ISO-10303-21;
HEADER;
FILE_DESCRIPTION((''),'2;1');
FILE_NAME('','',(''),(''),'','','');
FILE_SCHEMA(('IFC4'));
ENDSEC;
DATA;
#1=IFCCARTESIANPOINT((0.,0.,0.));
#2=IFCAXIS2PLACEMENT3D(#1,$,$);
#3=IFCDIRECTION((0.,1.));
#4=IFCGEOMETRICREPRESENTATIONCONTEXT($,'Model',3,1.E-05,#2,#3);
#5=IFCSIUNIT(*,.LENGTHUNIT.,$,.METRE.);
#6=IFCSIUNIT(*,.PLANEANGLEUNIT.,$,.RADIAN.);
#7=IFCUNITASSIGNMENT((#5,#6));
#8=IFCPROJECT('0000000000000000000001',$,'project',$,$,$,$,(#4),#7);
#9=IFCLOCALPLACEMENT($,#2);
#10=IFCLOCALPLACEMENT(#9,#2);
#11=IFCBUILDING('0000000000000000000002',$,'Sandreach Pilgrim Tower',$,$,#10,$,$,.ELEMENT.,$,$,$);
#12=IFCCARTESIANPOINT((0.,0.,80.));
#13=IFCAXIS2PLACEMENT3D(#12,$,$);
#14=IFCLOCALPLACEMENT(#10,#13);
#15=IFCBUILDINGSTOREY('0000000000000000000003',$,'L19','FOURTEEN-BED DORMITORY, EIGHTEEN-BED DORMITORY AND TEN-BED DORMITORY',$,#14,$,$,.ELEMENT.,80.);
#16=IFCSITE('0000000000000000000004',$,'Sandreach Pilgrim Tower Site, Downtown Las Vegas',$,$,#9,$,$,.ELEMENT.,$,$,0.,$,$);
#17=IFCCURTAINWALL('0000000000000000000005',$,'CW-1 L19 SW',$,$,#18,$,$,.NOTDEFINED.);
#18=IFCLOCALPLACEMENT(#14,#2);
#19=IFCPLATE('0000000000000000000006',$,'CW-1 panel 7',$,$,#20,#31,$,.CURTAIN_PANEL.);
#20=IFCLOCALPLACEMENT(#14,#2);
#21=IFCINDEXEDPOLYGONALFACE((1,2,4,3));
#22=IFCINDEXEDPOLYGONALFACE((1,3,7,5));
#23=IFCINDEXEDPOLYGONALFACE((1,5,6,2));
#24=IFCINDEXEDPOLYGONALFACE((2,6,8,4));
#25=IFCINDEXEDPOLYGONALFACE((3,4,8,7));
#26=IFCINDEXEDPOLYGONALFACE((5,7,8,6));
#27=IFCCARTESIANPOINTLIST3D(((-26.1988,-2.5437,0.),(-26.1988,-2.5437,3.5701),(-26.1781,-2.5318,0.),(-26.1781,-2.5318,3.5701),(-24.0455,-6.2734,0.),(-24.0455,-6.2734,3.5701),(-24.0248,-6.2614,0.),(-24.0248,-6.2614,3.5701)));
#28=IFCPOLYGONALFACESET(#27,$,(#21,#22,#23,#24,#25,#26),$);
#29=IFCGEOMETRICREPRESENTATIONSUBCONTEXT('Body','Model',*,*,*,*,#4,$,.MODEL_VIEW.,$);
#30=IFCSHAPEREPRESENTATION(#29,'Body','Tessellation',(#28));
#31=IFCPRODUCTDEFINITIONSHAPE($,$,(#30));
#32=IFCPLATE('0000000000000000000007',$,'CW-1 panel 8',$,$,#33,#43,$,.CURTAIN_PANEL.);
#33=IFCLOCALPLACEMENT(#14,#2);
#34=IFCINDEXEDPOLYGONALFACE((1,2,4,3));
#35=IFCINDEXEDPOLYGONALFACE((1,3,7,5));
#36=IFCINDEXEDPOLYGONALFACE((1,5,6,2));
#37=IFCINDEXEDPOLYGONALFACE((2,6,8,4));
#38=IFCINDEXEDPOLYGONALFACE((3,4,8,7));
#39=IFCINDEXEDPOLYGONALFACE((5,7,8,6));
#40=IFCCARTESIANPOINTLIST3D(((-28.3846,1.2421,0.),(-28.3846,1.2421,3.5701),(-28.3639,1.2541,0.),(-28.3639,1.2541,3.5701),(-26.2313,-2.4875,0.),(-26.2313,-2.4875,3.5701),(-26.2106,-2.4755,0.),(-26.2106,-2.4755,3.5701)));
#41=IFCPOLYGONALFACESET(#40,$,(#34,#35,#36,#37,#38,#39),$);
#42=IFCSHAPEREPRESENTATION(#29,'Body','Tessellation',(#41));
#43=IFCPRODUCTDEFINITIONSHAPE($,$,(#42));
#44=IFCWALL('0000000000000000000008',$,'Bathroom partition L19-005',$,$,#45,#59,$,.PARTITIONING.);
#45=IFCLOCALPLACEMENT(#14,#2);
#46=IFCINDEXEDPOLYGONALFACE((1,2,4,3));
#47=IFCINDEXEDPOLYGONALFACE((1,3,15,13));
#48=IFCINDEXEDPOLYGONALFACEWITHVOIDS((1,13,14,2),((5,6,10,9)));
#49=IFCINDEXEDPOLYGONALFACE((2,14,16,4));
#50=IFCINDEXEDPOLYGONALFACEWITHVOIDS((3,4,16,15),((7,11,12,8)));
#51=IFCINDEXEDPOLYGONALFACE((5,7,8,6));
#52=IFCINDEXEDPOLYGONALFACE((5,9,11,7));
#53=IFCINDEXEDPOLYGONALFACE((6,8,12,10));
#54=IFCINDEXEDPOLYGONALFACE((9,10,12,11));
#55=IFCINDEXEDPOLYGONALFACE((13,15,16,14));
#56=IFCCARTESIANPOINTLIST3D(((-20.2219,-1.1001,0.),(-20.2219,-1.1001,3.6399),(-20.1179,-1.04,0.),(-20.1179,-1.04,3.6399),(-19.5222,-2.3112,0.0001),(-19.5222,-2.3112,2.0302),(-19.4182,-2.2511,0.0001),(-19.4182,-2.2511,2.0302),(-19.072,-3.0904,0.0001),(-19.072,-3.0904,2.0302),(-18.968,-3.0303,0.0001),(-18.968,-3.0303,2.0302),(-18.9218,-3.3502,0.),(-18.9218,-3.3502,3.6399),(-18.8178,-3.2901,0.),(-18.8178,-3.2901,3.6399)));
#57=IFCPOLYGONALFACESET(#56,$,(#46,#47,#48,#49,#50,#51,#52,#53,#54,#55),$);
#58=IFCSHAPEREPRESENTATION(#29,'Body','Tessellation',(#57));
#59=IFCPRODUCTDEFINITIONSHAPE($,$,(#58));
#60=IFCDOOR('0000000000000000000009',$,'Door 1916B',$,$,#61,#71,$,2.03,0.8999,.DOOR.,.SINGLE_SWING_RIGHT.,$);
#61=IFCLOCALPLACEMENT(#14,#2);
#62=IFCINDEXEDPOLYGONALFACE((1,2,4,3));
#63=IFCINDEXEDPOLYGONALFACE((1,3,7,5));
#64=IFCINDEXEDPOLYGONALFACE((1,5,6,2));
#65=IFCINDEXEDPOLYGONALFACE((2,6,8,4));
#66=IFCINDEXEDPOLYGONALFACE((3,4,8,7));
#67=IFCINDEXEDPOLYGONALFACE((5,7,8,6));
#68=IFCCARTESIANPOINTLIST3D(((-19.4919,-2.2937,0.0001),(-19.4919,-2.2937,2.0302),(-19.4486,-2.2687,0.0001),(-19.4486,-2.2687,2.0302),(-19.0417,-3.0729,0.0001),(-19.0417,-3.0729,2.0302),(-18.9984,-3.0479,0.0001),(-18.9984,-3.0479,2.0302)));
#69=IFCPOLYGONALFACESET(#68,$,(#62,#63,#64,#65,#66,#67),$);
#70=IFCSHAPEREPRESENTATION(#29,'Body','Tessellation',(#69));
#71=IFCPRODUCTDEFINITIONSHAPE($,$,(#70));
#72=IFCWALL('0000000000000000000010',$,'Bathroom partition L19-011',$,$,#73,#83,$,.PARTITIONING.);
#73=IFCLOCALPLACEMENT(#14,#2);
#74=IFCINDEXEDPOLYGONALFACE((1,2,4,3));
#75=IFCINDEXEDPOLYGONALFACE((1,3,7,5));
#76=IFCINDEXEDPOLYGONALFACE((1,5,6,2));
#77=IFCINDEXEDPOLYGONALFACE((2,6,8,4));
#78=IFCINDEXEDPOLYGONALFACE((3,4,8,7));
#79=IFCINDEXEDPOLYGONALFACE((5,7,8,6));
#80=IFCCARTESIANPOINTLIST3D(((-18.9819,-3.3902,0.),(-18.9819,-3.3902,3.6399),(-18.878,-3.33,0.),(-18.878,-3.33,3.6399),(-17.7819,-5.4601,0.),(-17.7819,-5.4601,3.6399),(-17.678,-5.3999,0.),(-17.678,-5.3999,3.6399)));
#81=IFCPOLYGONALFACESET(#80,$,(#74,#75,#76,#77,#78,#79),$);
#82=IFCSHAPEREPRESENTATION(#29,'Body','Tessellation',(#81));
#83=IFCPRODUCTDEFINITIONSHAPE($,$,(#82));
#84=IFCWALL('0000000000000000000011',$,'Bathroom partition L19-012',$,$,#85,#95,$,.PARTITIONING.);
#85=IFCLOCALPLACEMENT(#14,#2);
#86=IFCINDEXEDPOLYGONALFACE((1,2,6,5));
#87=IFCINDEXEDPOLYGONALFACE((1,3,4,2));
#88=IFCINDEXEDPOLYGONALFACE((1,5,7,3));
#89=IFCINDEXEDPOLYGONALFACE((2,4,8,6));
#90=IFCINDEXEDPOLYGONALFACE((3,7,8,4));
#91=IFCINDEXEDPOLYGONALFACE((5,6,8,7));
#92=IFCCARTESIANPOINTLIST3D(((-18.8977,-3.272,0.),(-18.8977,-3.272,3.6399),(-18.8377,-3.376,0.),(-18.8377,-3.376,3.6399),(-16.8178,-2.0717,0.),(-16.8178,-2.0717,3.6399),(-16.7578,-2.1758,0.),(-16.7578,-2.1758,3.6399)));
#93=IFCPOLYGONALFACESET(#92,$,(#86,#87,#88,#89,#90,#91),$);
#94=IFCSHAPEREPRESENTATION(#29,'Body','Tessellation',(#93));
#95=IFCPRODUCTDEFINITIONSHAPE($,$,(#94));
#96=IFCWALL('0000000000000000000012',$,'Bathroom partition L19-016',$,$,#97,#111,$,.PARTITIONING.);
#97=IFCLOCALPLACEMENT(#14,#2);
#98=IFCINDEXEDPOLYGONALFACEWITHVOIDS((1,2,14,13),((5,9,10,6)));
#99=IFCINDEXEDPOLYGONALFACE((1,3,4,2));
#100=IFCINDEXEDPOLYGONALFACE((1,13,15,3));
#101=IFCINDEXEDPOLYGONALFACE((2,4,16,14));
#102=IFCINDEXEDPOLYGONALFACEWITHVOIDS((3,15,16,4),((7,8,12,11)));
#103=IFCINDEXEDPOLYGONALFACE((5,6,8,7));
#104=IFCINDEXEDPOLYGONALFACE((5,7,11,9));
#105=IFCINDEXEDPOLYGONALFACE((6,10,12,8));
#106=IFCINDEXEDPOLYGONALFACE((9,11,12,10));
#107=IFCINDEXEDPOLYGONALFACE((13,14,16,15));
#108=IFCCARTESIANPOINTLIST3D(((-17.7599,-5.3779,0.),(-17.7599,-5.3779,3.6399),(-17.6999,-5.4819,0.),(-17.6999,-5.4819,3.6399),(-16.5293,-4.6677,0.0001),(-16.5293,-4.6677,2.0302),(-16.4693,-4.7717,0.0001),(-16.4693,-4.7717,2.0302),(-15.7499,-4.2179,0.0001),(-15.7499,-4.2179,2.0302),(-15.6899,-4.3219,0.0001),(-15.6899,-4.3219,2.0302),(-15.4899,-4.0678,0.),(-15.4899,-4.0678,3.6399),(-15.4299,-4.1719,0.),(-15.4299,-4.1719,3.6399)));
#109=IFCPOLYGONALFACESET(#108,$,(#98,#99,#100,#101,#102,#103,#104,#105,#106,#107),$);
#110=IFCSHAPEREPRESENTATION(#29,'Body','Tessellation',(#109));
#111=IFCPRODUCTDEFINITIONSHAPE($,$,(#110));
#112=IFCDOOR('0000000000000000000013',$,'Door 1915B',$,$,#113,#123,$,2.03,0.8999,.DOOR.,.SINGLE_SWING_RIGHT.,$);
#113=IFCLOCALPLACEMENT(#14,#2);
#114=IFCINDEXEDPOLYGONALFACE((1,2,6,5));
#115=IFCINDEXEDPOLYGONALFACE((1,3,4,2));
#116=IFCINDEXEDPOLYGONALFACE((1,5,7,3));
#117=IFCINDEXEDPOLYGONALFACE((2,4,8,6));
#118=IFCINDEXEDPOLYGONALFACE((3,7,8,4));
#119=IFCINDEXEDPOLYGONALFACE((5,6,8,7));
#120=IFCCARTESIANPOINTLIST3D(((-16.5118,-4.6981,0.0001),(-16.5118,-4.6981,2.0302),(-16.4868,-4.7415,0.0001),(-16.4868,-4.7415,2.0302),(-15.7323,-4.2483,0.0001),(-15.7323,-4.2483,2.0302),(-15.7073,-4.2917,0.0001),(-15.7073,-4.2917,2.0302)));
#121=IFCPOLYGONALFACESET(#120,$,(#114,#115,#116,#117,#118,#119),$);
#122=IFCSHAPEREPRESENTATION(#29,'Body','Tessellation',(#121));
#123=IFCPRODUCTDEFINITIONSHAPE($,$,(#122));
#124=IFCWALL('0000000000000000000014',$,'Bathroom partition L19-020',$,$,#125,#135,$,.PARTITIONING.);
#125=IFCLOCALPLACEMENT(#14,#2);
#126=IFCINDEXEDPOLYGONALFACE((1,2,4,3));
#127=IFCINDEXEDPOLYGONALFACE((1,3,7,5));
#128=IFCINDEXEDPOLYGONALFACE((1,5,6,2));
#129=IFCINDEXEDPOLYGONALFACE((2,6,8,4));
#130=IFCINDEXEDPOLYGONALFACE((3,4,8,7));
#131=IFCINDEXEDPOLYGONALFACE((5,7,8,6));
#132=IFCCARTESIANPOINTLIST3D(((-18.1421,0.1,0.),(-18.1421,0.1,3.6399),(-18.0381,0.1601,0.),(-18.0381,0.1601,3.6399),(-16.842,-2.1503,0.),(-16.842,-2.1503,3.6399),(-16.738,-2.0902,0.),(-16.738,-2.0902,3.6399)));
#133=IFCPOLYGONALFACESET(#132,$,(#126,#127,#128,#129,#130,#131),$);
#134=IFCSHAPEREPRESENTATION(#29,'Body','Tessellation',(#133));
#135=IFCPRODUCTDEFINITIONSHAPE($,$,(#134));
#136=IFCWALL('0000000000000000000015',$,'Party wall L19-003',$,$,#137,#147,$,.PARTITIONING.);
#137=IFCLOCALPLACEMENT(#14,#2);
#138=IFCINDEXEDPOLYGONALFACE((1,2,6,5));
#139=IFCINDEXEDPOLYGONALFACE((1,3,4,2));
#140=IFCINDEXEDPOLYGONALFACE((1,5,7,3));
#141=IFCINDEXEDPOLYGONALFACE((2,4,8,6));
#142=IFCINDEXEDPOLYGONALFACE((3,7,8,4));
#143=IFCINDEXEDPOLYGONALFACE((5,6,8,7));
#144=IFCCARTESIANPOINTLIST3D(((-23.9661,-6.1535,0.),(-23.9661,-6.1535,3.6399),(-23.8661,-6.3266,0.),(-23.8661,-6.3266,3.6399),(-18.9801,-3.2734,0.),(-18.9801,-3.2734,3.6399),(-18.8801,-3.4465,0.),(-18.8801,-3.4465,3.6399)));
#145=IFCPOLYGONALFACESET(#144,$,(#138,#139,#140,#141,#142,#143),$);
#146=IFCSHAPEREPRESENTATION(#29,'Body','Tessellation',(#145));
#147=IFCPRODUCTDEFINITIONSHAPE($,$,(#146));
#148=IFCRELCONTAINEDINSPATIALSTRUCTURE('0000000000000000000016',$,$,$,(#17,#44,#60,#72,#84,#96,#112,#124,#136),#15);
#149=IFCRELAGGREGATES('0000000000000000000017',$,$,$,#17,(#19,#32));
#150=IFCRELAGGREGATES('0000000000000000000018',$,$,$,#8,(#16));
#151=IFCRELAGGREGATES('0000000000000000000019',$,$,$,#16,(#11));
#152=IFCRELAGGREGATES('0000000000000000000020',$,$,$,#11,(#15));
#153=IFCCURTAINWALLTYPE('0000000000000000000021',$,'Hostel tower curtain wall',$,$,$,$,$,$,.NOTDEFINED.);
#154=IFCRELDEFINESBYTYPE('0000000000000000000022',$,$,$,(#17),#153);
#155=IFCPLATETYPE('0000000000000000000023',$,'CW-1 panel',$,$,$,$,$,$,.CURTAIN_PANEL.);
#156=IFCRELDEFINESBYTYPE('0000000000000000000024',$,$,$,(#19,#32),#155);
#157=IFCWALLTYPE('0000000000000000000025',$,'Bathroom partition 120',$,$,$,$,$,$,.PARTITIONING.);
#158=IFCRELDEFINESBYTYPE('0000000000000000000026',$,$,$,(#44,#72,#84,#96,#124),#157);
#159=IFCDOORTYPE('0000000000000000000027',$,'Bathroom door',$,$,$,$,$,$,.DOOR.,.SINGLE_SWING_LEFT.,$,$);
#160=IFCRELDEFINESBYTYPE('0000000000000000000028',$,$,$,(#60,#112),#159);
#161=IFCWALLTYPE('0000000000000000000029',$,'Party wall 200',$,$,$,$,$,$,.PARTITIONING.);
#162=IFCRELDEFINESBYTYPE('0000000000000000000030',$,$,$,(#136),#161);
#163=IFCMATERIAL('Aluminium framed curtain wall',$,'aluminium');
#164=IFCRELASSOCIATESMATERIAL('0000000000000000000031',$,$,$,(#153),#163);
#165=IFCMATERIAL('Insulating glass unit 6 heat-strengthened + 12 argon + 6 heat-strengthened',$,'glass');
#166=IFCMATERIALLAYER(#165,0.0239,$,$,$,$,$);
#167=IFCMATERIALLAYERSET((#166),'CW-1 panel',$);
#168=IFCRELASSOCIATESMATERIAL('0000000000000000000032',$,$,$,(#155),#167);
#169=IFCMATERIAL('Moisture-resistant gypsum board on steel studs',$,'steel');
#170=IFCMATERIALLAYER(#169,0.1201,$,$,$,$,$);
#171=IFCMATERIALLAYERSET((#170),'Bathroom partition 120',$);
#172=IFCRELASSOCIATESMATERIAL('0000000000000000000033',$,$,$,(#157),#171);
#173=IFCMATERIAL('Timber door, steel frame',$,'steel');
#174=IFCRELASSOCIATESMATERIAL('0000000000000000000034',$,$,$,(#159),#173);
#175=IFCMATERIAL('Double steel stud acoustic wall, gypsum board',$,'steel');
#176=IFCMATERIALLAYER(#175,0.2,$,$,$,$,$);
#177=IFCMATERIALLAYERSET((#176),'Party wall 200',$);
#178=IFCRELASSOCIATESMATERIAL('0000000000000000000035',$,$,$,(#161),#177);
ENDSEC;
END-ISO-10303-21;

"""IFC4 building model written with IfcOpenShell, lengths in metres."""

from ifc_helpers import new_model, si_unit, direction, frame, frame_2d, origin, origin_2d, place, context, subcontext, project, spatial, rectangle, extrude, material, layer, layer_set, type_object, element, fill, aggregate, save


model = new_model("IFC4")

# Units and contexts
model_context = context("Model", 3, precision=1e-05, world=origin(), true_north=direction((0.0, 1.0)))
body_context = subcontext(model_context, "Body", "Model", "MODEL_VIEW")
ifc_project = project(units=[si_unit("LENGTHUNIT", "METRE"), si_unit("PLANEANGLEUNIT", "RADIAN")], contexts=[model_context])

# Site, building, storey
site_placement = place(None, origin())
site = spatial("IfcSite", under=ifc_project, at=site_placement, Name="Sandreach Pilgrim Tower Site, Downtown Las Vegas", CompositionType="ELEMENT", RefElevation=0.0)
building_placement = place(site_placement, origin())
building = spatial("IfcBuilding", under=site, at=building_placement, Name="Sandreach Pilgrim Tower", CompositionType="ELEMENT")
storey_placement = place(building_placement, frame((0.0, 0.0, 80.0)))
storey = spatial("IfcBuildingStorey", under=building, at=storey_placement, Name="L19", Description="FOURTEEN-BED DORMITORY, EIGHTEEN-BED DORMITORY AND TEN-BED DORMITORY", CompositionType="ELEMENT", Elevation=80.0)

# Curtain wall
ifc_material_1 = material(Name="Aluminium framed curtain wall", Category="aluminium")
curtain_wall_type = type_object("IfcCurtainWallType", Name="Hostel tower curtain wall", PredefinedType="NOTDEFINED", material=ifc_material_1)
curtain_wall_placement = place(storey_placement, origin())
curtain_wall = element("IfcCurtainWall", 1, at=curtain_wall_placement, inside=storey, type_object=curtain_wall_type, Name="CW-1 L19 SW", PredefinedType="NOTDEFINED")

# Plates
ifc_material_2 = material(Name="Insulating glass unit 6 heat-strengthened + 12 argon + 6 heat-strengthened", Category="glass")
ifc_layer_1 = layer(ifc_material_2, 0.0239)
ifc_layer_set_1 = layer_set([ifc_layer_1], Name="CW-1 panel")
plate_type = type_object("IfcPlateType", Name="CW-1 panel", PredefinedType="CURTAIN_PANEL", material=ifc_layer_set_1)
plate_1_placement = place(storey_placement, frame((-25.1118, -4.4026, 0.0), z_axis=(0.0, 0.0, 1.0), x_axis=(-0.5, 0.866025, 0.0)))
plate_1 = element("IfcPlate", 2, at=plate_1_placement, type_object=plate_type, Name="CW-1 panel 7", PredefinedType="CURTAIN_PANEL", context=body_context, shape_type="SweptSolid", body=[
    extrude(rectangle(XDim=4.3066, YDim=0.0239, at=origin_2d()), origin(), (0.0, 0.0, 1.0), 3.5701),
])
plate_2_placement = place(storey_placement, frame((-27.2976, -0.6167, 0.0), z_axis=(0.0, 0.0, 1.0), x_axis=(-0.5, 0.866025, 0.0)))
plate_2 = element("IfcPlate", 3, at=plate_2_placement, type_object=plate_type, Name="CW-1 panel 8", PredefinedType="CURTAIN_PANEL", context=body_context, shape_type="SweptSolid", body=[
    extrude(rectangle(XDim=4.3066, YDim=0.0239, at=origin_2d()), origin(), (0.0, 0.0, 1.0), 3.5701),
])
aggregate(curtain_wall, [plate_1, plate_2])

# Wall, opening, door
ifc_material_3 = material(Name="Moisture-resistant gypsum board on steel studs", Category="steel")
ifc_layer_2 = layer(ifc_material_3, 0.1201)
ifc_layer_set_2 = layer_set([ifc_layer_2], Name="Bathroom partition 120")
wall_type_1 = type_object("IfcWallType", Name="Bathroom partition 120", PredefinedType="PARTITIONING", material=ifc_layer_set_2)
wall_1_placement = place(storey_placement, frame((-20.1699, -1.0701, 0.0), z_axis=(0.0, 0.0, 1.0), x_axis=(0.500292, -0.865857, 0.0)))
wall_1 = element("IfcWall", 4, at=wall_1_placement, inside=storey, type_object=wall_type_1, Name="Bathroom partition L19-005", PredefinedType="PARTITIONING", context=body_context, shape_type="SweptSolid", body=[
    extrude(rectangle(XDim=2.5986, YDim=0.1201, at=frame_2d((1.2993, 0.0))), origin(), (0.0, 0.0, 1.0), 3.6399),
])
opening_1_placement = place(wall_1_placement, frame((1.3987, 0.0, 0.0)))
opening_1 = element("IfcOpeningElement", 5, at=opening_1_placement, cuts=wall_1, PredefinedType="OPENING", context=body_context, shape_type="SweptSolid", body=[
    extrude(rectangle(XDim=0.8999, YDim=2.03, at=frame_2d((0.45, 1.0151))), frame((0.0, 0.0601, 0.0), z_axis=(0.0, -1.0, 0.0), x_axis=(1.0, 0.0, 0.0)), (0.0, 0.0, 1.0), 0.1201),
])
ifc_material_4 = material(Name="Timber door, steel frame", Category="steel")
door_type = type_object("IfcDoorType", Name="Bathroom door", OperationType="SINGLE_SWING_LEFT", PredefinedType="DOOR", material=ifc_material_4)
door_1_placement = place(opening_1_placement, origin())
door_1 = element("IfcDoor", 6, at=door_1_placement, inside=storey, type_object=door_type, Name="Door 1916B", OperationType="SINGLE_SWING_RIGHT", OverallHeight=2.03, OverallWidth=0.8999, PredefinedType="DOOR", context=body_context, shape_type="SweptSolid", body=[
    extrude(rectangle(XDim=0.8999, YDim=2.03, at=frame_2d((0.45, 1.0151))), frame((0.0, 0.0249, 0.0), z_axis=(0.0, -1.0, 0.0), x_axis=(1.0, 0.0, 0.0)), (0.0, 0.0, 1.0), 0.05),
])
fill(opening_1, door_1)

# Walls
wall_2_placement = place(storey_placement, frame((-18.9299, -3.3601, 0.0), z_axis=(0.0, 0.0, 1.0), x_axis=(0.501547, -0.86513, 0.0)))
element("IfcWall", 7, at=wall_2_placement, inside=storey, type_object=wall_type_1, Name="Bathroom partition L19-011", PredefinedType="PARTITIONING", context=body_context, shape_type="SweptSolid", body=[
    extrude(rectangle(XDim=2.3926, YDim=0.1201, at=frame_2d((1.1963, 0.0))), origin(), (0.0, 0.0, 1.0), 3.6399),
])
wall_3_placement = place(storey_placement, frame((-18.8677, -3.324, 0.0), z_axis=(0.0, 0.0, 1.0), x_axis=(0.866133, 0.499813, 0.0)))
element("IfcWall", 8, at=wall_3_placement, inside=storey, type_object=wall_type_1, Name="Bathroom partition L19-012", PredefinedType="PARTITIONING", context=body_context, shape_type="SweptSolid", body=[
    extrude(rectangle(XDim=2.4014, YDim=0.1201, at=frame_2d((1.2007, 0.0))), origin(), (0.0, 0.0, 1.0), 3.6399),
])

# Wall, opening, door
wall_4_placement = place(storey_placement, frame((-17.73, -5.4299, 0.0), z_axis=(0.0, 0.0, 1.0), x_axis=(0.866114, 0.499846, 0.0)))
wall_4 = element("IfcWall", 9, at=wall_4_placement, inside=storey, type_object=wall_type_1, Name="Bathroom partition L19-016", PredefinedType="PARTITIONING", context=body_context, shape_type="SweptSolid", body=[
    extrude(rectangle(XDim=2.6208, YDim=0.1201, at=frame_2d((1.3105, 0.0))), origin(), (0.0, 0.0, 1.0), 3.6399),
])
opening_2_placement = place(wall_4_placement, frame((1.4209, 0.0, 0.0)))
opening_2 = element("IfcOpeningElement", 10, at=opening_2_placement, cuts=wall_4, PredefinedType="OPENING", context=body_context, shape_type="SweptSolid", body=[
    extrude(rectangle(XDim=0.8999, YDim=2.03, at=frame_2d((0.45, 1.0151))), frame((0.0, 0.0601, 0.0), z_axis=(0.0, -1.0, 0.0), x_axis=(1.0, 0.0, 0.0)), (0.0, 0.0, 1.0), 0.1201),
])
door_2_placement = place(opening_2_placement, origin())
door_2 = element("IfcDoor", 11, at=door_2_placement, inside=storey, type_object=door_type, Name="Door 1915B", OperationType="SINGLE_SWING_RIGHT", OverallHeight=2.03, OverallWidth=0.8999, PredefinedType="DOOR", context=body_context, shape_type="SweptSolid", body=[
    extrude(rectangle(XDim=0.8999, YDim=2.03, at=frame_2d((0.45, 1.0151))), frame((0.0, 0.0249, 0.0), z_axis=(0.0, -1.0, 0.0), x_axis=(1.0, 0.0, 0.0)), (0.0, 0.0, 1.0), 0.05),
])
fill(opening_2, door_2)

# Walls
wall_5_placement = place(storey_placement, frame((-16.79, -2.1201, 0.0), z_axis=(0.0, 0.0, 1.0), x_axis=(-0.500251, 0.86588, 0.0)))
element("IfcWall", 12, at=wall_5_placement, inside=storey, type_object=wall_type_1, Name="Bathroom partition L19-020", PredefinedType="PARTITIONING", context=body_context, shape_type="SweptSolid", body=[
    extrude(rectangle(XDim=2.5989, YDim=0.1201, at=frame_2d((1.2993, 0.0))), origin(), (0.0, 0.0, 1.0), 3.6399),
])
ifc_material_5 = material(Name="Double steel stud acoustic wall, gypsum board", Category="steel")
ifc_layer_3 = layer(ifc_material_5, 0.2)
ifc_layer_set_3 = layer_set([ifc_layer_3], Name="Party wall 200")
wall_type_2 = type_object("IfcWallType", Name="Party wall 200", PredefinedType="PARTITIONING", material=ifc_layer_set_3)
wall_6_placement = place(storey_placement, frame((-23.916, -6.24, 0.0), z_axis=(0.0, 0.0, 1.0), x_axis=(0.865919, 0.500184, 0.0)))
element("IfcWall", 13, at=wall_6_placement, inside=storey, type_object=wall_type_2, Name="Party wall L19-003", PredefinedType="PARTITIONING", context=body_context, shape_type="SweptSolid", body=[
    extrude(rectangle(XDim=5.7581, YDim=0.2, at=frame_2d((2.8789, 0.0))), origin(), (0.0, 0.0, 1.0), 3.6399),
])

save(model, "model.ifc")
